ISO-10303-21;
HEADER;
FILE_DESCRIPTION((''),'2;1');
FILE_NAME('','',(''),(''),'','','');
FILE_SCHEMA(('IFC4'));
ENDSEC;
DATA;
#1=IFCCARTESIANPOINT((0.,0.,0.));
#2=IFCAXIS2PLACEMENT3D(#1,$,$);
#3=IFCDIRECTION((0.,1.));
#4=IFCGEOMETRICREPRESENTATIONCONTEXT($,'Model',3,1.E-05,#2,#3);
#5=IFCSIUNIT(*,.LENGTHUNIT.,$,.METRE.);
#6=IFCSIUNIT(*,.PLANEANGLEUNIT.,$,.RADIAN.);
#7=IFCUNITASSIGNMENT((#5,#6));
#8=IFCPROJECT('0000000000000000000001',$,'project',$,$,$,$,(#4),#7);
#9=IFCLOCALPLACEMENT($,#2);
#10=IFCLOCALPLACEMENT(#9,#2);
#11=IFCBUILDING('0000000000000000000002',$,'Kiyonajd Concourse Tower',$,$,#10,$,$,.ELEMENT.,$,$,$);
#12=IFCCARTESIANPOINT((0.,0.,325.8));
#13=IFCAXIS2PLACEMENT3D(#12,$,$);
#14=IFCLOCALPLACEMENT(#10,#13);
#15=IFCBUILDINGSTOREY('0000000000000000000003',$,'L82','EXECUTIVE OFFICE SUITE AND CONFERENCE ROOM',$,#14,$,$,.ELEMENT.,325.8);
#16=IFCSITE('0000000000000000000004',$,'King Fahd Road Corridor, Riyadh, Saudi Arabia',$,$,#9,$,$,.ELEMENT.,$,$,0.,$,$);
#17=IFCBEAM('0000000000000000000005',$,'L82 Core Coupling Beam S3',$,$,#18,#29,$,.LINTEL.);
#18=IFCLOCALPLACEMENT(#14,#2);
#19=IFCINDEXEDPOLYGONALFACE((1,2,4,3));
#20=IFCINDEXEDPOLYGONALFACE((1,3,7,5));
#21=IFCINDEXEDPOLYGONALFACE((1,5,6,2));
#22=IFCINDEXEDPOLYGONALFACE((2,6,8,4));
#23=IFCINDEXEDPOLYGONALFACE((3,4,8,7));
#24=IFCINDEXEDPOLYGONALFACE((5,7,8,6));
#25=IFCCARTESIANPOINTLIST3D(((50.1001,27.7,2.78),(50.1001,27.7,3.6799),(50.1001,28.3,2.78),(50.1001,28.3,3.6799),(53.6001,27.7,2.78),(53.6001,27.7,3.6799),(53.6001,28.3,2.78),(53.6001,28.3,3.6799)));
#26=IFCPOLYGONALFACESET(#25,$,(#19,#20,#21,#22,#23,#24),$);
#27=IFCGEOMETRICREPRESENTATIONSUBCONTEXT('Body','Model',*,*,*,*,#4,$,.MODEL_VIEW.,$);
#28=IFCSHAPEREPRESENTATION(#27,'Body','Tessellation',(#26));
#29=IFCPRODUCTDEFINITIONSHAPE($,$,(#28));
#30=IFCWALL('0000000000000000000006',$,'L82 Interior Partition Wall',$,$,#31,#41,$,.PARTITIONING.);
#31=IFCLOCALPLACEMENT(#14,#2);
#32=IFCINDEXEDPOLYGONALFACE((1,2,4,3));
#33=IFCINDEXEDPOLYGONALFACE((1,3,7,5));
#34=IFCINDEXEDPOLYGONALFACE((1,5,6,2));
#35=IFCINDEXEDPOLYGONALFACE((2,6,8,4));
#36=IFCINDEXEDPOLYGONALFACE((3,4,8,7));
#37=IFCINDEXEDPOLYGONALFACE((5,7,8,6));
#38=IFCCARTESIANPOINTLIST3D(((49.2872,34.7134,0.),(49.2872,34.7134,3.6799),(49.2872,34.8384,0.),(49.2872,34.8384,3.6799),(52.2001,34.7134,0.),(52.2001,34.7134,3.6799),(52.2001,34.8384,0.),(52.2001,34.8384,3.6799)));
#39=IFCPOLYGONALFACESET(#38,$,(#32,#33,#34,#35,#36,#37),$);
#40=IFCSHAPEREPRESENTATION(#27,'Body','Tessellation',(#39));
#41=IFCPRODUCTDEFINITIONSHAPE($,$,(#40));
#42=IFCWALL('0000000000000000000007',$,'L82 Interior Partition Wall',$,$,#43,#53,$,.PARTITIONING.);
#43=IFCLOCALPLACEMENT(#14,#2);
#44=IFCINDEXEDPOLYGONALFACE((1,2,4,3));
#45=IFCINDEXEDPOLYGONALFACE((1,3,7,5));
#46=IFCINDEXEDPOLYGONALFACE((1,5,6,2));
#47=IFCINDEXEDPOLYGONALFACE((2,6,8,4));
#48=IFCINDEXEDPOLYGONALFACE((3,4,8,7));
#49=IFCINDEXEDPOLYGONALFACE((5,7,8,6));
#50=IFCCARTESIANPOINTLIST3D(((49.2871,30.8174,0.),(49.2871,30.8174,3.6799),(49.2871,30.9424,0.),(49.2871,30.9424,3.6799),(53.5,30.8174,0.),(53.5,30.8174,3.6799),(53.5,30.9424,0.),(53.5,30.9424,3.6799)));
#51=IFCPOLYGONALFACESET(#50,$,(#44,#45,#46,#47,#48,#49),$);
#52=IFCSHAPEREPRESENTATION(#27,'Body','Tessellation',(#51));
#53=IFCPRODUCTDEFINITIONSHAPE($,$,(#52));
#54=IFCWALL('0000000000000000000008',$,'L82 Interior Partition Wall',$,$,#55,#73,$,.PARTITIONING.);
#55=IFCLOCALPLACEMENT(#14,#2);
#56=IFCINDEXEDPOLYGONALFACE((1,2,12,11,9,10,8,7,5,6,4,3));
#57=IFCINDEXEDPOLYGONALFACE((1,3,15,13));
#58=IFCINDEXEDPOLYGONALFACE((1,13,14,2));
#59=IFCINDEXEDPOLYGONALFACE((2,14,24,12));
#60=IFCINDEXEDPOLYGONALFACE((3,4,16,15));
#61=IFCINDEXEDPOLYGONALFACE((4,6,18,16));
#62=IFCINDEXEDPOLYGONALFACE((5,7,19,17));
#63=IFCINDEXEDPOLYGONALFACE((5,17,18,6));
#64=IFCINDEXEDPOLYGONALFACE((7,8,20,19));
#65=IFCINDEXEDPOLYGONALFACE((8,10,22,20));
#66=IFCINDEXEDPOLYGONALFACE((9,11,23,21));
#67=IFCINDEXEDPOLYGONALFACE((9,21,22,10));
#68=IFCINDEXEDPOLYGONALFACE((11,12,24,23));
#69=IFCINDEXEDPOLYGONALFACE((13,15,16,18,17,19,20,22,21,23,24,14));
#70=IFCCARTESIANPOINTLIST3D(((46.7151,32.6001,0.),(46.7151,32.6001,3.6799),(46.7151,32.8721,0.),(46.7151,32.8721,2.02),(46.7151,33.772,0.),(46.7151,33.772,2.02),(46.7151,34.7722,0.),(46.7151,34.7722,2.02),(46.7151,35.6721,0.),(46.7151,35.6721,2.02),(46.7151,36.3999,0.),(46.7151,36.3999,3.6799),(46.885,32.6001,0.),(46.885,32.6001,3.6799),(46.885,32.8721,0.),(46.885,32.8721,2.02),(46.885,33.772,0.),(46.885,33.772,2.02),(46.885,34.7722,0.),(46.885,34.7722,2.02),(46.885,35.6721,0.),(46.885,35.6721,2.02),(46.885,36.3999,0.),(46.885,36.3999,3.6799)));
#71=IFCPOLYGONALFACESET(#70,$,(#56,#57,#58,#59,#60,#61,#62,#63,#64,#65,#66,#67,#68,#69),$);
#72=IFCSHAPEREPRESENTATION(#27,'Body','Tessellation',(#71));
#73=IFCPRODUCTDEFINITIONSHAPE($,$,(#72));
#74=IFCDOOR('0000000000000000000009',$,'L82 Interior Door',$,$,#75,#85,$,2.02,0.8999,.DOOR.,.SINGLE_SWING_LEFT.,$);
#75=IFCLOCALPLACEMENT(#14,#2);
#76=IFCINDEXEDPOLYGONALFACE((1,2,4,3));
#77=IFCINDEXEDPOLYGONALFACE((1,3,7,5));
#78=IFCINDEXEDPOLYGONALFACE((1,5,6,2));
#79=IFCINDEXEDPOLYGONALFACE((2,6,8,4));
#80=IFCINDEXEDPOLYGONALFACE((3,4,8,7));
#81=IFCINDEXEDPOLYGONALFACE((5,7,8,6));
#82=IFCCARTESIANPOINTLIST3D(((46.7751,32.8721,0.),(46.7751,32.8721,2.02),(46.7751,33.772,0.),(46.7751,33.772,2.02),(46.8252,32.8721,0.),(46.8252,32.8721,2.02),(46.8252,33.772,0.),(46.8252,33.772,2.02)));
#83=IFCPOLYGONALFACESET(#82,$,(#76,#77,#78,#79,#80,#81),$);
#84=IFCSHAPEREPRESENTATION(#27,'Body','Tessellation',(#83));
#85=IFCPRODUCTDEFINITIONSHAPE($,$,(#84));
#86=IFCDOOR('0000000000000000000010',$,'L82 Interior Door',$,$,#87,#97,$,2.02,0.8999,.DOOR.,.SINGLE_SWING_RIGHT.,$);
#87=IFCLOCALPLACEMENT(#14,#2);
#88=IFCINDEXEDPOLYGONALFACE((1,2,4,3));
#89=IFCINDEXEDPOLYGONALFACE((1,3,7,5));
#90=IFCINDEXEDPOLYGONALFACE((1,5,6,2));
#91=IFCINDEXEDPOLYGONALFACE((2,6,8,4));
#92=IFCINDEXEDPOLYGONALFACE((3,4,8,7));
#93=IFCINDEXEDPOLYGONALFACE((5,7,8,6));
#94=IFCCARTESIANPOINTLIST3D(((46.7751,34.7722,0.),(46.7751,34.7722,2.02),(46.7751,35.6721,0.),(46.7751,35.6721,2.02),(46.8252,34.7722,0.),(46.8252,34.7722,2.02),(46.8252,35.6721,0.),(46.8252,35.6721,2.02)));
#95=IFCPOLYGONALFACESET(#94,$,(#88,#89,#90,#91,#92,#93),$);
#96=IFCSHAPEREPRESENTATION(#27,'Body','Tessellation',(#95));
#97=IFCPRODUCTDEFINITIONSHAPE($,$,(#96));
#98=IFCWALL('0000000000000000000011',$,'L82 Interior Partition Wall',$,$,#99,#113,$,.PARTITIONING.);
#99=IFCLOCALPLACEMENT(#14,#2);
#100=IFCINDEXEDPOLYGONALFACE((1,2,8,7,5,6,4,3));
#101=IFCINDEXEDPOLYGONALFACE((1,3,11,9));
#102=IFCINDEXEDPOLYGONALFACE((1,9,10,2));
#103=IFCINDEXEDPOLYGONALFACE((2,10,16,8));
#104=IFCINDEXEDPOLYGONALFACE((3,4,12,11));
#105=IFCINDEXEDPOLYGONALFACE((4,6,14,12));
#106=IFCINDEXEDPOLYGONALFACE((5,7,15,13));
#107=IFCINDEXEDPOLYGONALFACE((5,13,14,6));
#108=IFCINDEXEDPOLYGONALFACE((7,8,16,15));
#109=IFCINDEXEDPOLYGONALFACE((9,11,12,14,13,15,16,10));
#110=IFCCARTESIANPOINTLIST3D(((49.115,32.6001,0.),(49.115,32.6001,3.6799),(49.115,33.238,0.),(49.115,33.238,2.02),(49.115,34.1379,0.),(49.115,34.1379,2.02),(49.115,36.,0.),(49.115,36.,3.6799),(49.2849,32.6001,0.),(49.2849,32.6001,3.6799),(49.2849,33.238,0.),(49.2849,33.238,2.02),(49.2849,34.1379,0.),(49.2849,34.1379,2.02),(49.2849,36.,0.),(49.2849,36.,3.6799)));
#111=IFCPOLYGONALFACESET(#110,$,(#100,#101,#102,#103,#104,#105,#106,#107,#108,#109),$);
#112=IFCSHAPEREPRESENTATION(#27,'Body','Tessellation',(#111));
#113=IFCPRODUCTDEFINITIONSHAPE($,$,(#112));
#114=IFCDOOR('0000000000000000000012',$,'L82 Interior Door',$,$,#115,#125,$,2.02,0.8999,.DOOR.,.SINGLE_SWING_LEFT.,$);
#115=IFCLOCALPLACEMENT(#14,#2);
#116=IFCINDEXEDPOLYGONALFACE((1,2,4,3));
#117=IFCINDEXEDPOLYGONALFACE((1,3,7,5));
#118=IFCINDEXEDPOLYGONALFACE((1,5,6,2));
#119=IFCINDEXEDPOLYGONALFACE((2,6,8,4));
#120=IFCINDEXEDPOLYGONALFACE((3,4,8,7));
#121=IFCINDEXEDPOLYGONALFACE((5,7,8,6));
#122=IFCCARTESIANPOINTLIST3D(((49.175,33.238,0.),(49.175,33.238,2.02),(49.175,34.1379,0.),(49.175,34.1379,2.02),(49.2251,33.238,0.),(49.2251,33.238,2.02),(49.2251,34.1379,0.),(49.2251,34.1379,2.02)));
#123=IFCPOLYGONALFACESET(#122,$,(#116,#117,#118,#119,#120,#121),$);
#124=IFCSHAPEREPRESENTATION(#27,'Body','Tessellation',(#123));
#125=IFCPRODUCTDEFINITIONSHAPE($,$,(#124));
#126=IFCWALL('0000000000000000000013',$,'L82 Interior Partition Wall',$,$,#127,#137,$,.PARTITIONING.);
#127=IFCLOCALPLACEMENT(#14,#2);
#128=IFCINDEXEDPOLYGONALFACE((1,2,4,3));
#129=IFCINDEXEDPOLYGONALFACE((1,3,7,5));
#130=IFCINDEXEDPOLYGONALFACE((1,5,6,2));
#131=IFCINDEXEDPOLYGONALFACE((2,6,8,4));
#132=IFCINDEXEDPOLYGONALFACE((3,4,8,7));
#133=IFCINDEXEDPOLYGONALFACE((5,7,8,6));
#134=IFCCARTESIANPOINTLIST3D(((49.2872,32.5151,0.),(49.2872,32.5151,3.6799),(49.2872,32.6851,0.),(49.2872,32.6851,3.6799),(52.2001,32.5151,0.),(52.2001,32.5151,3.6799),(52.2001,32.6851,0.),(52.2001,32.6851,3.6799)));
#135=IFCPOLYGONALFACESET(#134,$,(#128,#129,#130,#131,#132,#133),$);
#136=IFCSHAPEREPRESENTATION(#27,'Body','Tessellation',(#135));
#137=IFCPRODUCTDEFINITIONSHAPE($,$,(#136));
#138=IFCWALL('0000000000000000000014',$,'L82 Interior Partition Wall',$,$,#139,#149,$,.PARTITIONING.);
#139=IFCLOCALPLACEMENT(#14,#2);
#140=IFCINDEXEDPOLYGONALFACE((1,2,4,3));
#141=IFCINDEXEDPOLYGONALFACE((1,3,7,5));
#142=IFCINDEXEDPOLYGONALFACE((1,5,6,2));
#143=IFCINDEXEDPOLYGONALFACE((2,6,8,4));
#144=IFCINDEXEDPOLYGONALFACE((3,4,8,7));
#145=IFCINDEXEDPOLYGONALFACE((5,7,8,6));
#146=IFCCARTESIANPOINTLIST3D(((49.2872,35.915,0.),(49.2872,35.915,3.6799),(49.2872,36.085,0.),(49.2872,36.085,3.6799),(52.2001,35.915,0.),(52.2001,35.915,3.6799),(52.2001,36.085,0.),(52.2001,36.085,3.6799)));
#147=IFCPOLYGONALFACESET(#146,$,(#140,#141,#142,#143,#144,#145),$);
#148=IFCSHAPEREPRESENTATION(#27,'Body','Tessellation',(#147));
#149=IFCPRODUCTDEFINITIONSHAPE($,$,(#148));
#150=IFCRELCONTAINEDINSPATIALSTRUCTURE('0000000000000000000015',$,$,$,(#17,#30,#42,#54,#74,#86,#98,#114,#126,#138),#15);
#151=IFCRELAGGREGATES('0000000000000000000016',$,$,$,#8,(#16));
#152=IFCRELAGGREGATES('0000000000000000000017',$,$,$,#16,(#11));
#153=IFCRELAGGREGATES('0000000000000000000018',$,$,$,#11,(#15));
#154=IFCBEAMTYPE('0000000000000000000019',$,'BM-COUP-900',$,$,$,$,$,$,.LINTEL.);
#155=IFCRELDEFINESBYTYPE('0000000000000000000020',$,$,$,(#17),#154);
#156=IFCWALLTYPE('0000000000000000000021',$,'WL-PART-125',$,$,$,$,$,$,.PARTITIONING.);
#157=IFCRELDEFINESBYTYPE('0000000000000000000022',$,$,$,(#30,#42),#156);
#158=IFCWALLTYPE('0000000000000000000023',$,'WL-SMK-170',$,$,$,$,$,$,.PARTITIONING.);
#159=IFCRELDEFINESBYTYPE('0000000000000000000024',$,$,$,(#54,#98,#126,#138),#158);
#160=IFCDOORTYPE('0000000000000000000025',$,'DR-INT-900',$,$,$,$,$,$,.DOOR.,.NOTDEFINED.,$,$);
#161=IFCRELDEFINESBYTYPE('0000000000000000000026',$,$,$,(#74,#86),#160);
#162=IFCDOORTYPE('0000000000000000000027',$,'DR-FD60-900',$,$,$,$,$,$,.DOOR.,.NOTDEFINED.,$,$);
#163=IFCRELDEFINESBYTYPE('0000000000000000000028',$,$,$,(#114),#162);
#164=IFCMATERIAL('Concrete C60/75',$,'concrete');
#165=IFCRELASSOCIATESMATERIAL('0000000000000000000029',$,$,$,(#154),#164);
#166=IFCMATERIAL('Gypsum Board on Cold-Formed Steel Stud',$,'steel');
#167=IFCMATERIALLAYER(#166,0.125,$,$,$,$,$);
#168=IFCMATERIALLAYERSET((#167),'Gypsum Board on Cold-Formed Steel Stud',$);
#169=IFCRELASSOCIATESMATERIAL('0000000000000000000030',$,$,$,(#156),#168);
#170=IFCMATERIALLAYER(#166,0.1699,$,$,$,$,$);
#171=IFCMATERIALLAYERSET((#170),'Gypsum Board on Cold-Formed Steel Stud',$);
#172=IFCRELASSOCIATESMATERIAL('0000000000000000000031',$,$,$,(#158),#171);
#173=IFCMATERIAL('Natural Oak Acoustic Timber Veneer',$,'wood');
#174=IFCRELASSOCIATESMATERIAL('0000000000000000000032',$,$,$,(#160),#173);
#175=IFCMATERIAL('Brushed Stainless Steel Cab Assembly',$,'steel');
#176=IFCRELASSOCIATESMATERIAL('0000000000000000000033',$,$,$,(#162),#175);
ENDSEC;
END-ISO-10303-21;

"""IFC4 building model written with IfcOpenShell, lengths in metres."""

from ifc_helpers import new_model, si_unit, direction, frame, frame_2d, origin, origin_2d, place, context, subcontext, project, spatial, rectangle, extrude, material, layer, layer_set, material_profile, profile_set, type_object, element, fill, save


model = new_model("IFC4")

# Units and contexts
model_context = context("Model", 3, precision=1e-05, world=origin(), true_north=direction((0.0, 1.0)))
body_context = subcontext(model_context, "Body", "Model", "MODEL_VIEW")
ifc_project = project(units=[si_unit("LENGTHUNIT", "METRE"), si_unit("PLANEANGLEUNIT", "RADIAN")], contexts=[model_context])

# Site, building, storey
site_placement = place(None, origin())
site = spatial("IfcSite", under=ifc_project, at=site_placement, Name="King Fahd Road Corridor, Riyadh, Saudi Arabia", CompositionType="ELEMENT", RefElevation=0.0)
building_placement = place(site_placement, origin())
building = spatial("IfcBuilding", under=site, at=building_placement, Name="Kiyonajd Concourse Tower", CompositionType="ELEMENT")
storey_placement = place(building_placement, frame((0.0, 0.0, 325.8)))
storey = spatial("IfcBuildingStorey", under=building, at=storey_placement, Name="L82", Description="EXECUTIVE OFFICE SUITE AND CONFERENCE ROOM", CompositionType="ELEMENT", Elevation=325.8)

# Beam
ifc_material_1 = material(Name="Concrete C60/75", Category="concrete")
ifc_material_profile = material_profile(ifc_material_1, rectangle(XDim=0.6001, YDim=0.8999, at=origin_2d()), Name="RCBM-600x900")
ifc_profile_set = profile_set([ifc_material_profile], Name="Concrete C60/75")
beam_type = type_object("IfcBeamType", Name="BM-COUP-900", PredefinedType="LINTEL", material=ifc_profile_set)
beam_placement = place(storey_placement, frame((50.1001, 28.0, 3.23), z_axis=(1.0, 0.0, 0.0), x_axis=(0.0, 1.0, 0.0)))
element("IfcBeam", 1, at=beam_placement, inside=storey, type_object=beam_type, Name="L82 Core Coupling Beam S3", PredefinedType="LINTEL", context=body_context, shape_type="SweptSolid", body=[
    extrude(rectangle(XDim=0.6001, YDim=0.8999, at=origin_2d()), origin(), (0.0, 0.0, 1.0), 3.5),
])

# Walls
ifc_material_2 = material(Name="Gypsum Board on Cold-Formed Steel Stud", Category="steel")
ifc_layer_1 = layer(ifc_material_2, 0.125)
ifc_layer_set_1 = layer_set([ifc_layer_1], Name="Gypsum Board on Cold-Formed Steel Stud")
wall_type_1 = type_object("IfcWallType", Name="WL-PART-125", PredefinedType="PARTITIONING", material=ifc_layer_set_1)
wall_1_placement = place(storey_placement, frame((49.2871, 34.7759, 0.0), z_axis=(0.0, 0.0, 1.0), x_axis=(1.0, 0.0, 0.0)))
element("IfcWall", 2, at=wall_1_placement, inside=storey, type_object=wall_type_1, Name="L82 Interior Partition Wall", PredefinedType="PARTITIONING", context=body_context, shape_type="SweptSolid", body=[
    extrude(rectangle(XDim=2.9128, YDim=0.125, at=frame_2d((1.4565, 0.0))), origin(), (0.0, 0.0, 1.0), 3.6799),
])
wall_2_placement = place(storey_placement, frame((49.2871, 30.8799, 0.0), z_axis=(0.0, 0.0, 1.0), x_axis=(1.0, 0.0, 0.0)))
element("IfcWall", 3, at=wall_2_placement, inside=storey, type_object=wall_type_1, Name="L82 Interior Partition Wall", PredefinedType="PARTITIONING", context=body_context, shape_type="SweptSolid", body=[
    extrude(rectangle(XDim=4.2129, YDim=0.125, at=frame_2d((2.1064, 0.0))), origin(), (0.0, 0.0, 1.0), 3.6799),
])

# Wall, openings, doors
ifc_layer_2 = layer(ifc_material_2, 0.1699)
ifc_layer_set_2 = layer_set([ifc_layer_2], Name="Gypsum Board on Cold-Formed Steel Stud")
wall_type_2 = type_object("IfcWallType", Name="WL-SMK-170", PredefinedType="PARTITIONING", material=ifc_layer_set_2)
wall_3_placement = place(storey_placement, frame((46.8, 32.6001, 0.0), z_axis=(0.0, 0.0, 1.0), x_axis=(0.0, 1.0, 0.0)))
wall_3 = element("IfcWall", 4, at=wall_3_placement, inside=storey, type_object=wall_type_2, Name="L82 Interior Partition Wall", PredefinedType="PARTITIONING", context=body_context, shape_type="SweptSolid", body=[
    extrude(rectangle(XDim=3.7998, YDim=0.1699, at=frame_2d((1.8999, 0.0))), origin(), (0.0, 0.0, 1.0), 3.6799),
])
opening_1_placement = place(wall_3_placement, frame((0.272, 0.0, 0.0)))
opening_1 = element("IfcOpeningElement", 5, at=opening_1_placement, cuts=wall_3, PredefinedType="OPENING", context=body_context, shape_type="SweptSolid", body=[
    extrude(rectangle(XDim=0.8999, YDim=2.02, at=frame_2d((0.45, 1.01))), frame((0.0, 0.095, 0.0), z_axis=(0.0, -1.0, 0.0), x_axis=(1.0, 0.0, 0.0)), (0.0, 0.0, 1.0), 0.1899),
])
opening_2_placement = place(wall_3_placement, frame((2.1721, 0.0, 0.0)))
opening_2 = element("IfcOpeningElement", 6, at=opening_2_placement, cuts=wall_3, PredefinedType="OPENING", context=body_context, shape_type="SweptSolid", body=[
    extrude(rectangle(XDim=0.8999, YDim=2.02, at=frame_2d((0.45, 1.01))), frame((0.0, 0.095, 0.0), z_axis=(0.0, -1.0, 0.0), x_axis=(1.0, 0.0, 0.0)), (0.0, 0.0, 1.0), 0.1899),
])
ifc_material_3 = material(Name="Natural Oak Acoustic Timber Veneer", Category="wood")
door_type_1 = type_object("IfcDoorType", Name="DR-INT-900", OperationType="NOTDEFINED", PredefinedType="DOOR", material=ifc_material_3)
door_1_placement = place(opening_1_placement, origin())
door_1 = element("IfcDoor", 7, at=door_1_placement, inside=storey, type_object=door_type_1, Name="L82 Interior Door", OperationType="SINGLE_SWING_LEFT", OverallHeight=2.02, OverallWidth=0.8999, PredefinedType="DOOR", context=body_context, shape_type="SweptSolid", body=[
    extrude(rectangle(XDim=0.8999, YDim=2.02, at=frame_2d((0.45, 1.01))), frame((0.0, 0.0249, 0.0), z_axis=(0.0, -1.0, 0.0), x_axis=(1.0, 0.0, 0.0)), (0.0, 0.0, 1.0), 0.05),
])
fill(opening_1, door_1)
door_2_placement = place(opening_2_placement, origin())
door_2 = element("IfcDoor", 8, at=door_2_placement, inside=storey, type_object=door_type_1, Name="L82 Interior Door", OperationType="SINGLE_SWING_RIGHT", OverallHeight=2.02, OverallWidth=0.8999, PredefinedType="DOOR", context=body_context, shape_type="SweptSolid", body=[
    extrude(rectangle(XDim=0.8999, YDim=2.02, at=frame_2d((0.45, 1.01))), frame((0.0, 0.0249, 0.0), z_axis=(0.0, -1.0, 0.0), x_axis=(1.0, 0.0, 0.0)), (0.0, 0.0, 1.0), 0.05),
])
fill(opening_2, door_2)

# Wall, opening, door
wall_4_placement = place(storey_placement, frame((49.2, 32.6001, 0.0), z_axis=(0.0, 0.0, 1.0), x_axis=(0.0, 1.0, 0.0)))
wall_4 = element("IfcWall", 9, at=wall_4_placement, inside=storey, type_object=wall_type_2, Name="L82 Interior Partition Wall", PredefinedType="PARTITIONING", context=body_context, shape_type="SweptSolid", body=[
    extrude(rectangle(XDim=3.3999, YDim=0.1699, at=frame_2d((1.7, 0.0))), origin(), (0.0, 0.0, 1.0), 3.6799),
])
opening_3_placement = place(wall_4_placement, frame((0.6379, 0.0, 0.0)))
opening_3 = element("IfcOpeningElement", 10, at=opening_3_placement, cuts=wall_4, PredefinedType="OPENING", context=body_context, shape_type="SweptSolid", body=[
    extrude(rectangle(XDim=0.8999, YDim=2.02, at=frame_2d((0.45, 1.01))), frame((0.0, 0.095, 0.0), z_axis=(0.0, -1.0, 0.0), x_axis=(1.0, 0.0, 0.0)), (0.0, 0.0, 1.0), 0.1899),
])
ifc_material_4 = material(Name="Brushed Stainless Steel Cab Assembly", Category="steel")
door_type_2 = type_object("IfcDoorType", Name="DR-FD60-900", OperationType="NOTDEFINED", PredefinedType="DOOR", material=ifc_material_4)
door_3_placement = place(opening_3_placement, origin())
door_3 = element("IfcDoor", 11, at=door_3_placement, inside=storey, type_object=door_type_2, Name="L82 Interior Door", OperationType="SINGLE_SWING_LEFT", OverallHeight=2.02, OverallWidth=0.8999, PredefinedType="DOOR", context=body_context, shape_type="SweptSolid", body=[
    extrude(rectangle(XDim=0.8999, YDim=2.02, at=frame_2d((0.45, 1.01))), frame((0.0, 0.0249, 0.0), z_axis=(0.0, -1.0, 0.0), x_axis=(1.0, 0.0, 0.0)), (0.0, 0.0, 1.0), 0.05),
])
fill(opening_3, door_3)

# Walls
for number, where, z_axis, x_axis, name in (
    (12, (49.2871, 32.6001, 0.0), (0.0, 0.0, 1.0), (1.0, 0.0, 0.0), "L82 Interior Partition Wall"),
    (13, (49.2871, 36.0, 0.0), (0.0, 0.0, 1.0), (1.0, 0.0, 0.0), "L82 Interior Partition Wall"),
):
    element("IfcWall", number, at=place(storey_placement, frame(where, z_axis=z_axis, x_axis=x_axis)), inside=storey, type_object=wall_type_2, Name=name, PredefinedType="PARTITIONING", context=body_context, shape_type="SweptSolid", body=[
        extrude(rectangle(XDim=2.9128, YDim=0.1699, at=frame_2d((1.4565, 0.0))), origin(), (0.0, 0.0, 1.0), 3.6799),
    ])

save(model, "model.ifc")
